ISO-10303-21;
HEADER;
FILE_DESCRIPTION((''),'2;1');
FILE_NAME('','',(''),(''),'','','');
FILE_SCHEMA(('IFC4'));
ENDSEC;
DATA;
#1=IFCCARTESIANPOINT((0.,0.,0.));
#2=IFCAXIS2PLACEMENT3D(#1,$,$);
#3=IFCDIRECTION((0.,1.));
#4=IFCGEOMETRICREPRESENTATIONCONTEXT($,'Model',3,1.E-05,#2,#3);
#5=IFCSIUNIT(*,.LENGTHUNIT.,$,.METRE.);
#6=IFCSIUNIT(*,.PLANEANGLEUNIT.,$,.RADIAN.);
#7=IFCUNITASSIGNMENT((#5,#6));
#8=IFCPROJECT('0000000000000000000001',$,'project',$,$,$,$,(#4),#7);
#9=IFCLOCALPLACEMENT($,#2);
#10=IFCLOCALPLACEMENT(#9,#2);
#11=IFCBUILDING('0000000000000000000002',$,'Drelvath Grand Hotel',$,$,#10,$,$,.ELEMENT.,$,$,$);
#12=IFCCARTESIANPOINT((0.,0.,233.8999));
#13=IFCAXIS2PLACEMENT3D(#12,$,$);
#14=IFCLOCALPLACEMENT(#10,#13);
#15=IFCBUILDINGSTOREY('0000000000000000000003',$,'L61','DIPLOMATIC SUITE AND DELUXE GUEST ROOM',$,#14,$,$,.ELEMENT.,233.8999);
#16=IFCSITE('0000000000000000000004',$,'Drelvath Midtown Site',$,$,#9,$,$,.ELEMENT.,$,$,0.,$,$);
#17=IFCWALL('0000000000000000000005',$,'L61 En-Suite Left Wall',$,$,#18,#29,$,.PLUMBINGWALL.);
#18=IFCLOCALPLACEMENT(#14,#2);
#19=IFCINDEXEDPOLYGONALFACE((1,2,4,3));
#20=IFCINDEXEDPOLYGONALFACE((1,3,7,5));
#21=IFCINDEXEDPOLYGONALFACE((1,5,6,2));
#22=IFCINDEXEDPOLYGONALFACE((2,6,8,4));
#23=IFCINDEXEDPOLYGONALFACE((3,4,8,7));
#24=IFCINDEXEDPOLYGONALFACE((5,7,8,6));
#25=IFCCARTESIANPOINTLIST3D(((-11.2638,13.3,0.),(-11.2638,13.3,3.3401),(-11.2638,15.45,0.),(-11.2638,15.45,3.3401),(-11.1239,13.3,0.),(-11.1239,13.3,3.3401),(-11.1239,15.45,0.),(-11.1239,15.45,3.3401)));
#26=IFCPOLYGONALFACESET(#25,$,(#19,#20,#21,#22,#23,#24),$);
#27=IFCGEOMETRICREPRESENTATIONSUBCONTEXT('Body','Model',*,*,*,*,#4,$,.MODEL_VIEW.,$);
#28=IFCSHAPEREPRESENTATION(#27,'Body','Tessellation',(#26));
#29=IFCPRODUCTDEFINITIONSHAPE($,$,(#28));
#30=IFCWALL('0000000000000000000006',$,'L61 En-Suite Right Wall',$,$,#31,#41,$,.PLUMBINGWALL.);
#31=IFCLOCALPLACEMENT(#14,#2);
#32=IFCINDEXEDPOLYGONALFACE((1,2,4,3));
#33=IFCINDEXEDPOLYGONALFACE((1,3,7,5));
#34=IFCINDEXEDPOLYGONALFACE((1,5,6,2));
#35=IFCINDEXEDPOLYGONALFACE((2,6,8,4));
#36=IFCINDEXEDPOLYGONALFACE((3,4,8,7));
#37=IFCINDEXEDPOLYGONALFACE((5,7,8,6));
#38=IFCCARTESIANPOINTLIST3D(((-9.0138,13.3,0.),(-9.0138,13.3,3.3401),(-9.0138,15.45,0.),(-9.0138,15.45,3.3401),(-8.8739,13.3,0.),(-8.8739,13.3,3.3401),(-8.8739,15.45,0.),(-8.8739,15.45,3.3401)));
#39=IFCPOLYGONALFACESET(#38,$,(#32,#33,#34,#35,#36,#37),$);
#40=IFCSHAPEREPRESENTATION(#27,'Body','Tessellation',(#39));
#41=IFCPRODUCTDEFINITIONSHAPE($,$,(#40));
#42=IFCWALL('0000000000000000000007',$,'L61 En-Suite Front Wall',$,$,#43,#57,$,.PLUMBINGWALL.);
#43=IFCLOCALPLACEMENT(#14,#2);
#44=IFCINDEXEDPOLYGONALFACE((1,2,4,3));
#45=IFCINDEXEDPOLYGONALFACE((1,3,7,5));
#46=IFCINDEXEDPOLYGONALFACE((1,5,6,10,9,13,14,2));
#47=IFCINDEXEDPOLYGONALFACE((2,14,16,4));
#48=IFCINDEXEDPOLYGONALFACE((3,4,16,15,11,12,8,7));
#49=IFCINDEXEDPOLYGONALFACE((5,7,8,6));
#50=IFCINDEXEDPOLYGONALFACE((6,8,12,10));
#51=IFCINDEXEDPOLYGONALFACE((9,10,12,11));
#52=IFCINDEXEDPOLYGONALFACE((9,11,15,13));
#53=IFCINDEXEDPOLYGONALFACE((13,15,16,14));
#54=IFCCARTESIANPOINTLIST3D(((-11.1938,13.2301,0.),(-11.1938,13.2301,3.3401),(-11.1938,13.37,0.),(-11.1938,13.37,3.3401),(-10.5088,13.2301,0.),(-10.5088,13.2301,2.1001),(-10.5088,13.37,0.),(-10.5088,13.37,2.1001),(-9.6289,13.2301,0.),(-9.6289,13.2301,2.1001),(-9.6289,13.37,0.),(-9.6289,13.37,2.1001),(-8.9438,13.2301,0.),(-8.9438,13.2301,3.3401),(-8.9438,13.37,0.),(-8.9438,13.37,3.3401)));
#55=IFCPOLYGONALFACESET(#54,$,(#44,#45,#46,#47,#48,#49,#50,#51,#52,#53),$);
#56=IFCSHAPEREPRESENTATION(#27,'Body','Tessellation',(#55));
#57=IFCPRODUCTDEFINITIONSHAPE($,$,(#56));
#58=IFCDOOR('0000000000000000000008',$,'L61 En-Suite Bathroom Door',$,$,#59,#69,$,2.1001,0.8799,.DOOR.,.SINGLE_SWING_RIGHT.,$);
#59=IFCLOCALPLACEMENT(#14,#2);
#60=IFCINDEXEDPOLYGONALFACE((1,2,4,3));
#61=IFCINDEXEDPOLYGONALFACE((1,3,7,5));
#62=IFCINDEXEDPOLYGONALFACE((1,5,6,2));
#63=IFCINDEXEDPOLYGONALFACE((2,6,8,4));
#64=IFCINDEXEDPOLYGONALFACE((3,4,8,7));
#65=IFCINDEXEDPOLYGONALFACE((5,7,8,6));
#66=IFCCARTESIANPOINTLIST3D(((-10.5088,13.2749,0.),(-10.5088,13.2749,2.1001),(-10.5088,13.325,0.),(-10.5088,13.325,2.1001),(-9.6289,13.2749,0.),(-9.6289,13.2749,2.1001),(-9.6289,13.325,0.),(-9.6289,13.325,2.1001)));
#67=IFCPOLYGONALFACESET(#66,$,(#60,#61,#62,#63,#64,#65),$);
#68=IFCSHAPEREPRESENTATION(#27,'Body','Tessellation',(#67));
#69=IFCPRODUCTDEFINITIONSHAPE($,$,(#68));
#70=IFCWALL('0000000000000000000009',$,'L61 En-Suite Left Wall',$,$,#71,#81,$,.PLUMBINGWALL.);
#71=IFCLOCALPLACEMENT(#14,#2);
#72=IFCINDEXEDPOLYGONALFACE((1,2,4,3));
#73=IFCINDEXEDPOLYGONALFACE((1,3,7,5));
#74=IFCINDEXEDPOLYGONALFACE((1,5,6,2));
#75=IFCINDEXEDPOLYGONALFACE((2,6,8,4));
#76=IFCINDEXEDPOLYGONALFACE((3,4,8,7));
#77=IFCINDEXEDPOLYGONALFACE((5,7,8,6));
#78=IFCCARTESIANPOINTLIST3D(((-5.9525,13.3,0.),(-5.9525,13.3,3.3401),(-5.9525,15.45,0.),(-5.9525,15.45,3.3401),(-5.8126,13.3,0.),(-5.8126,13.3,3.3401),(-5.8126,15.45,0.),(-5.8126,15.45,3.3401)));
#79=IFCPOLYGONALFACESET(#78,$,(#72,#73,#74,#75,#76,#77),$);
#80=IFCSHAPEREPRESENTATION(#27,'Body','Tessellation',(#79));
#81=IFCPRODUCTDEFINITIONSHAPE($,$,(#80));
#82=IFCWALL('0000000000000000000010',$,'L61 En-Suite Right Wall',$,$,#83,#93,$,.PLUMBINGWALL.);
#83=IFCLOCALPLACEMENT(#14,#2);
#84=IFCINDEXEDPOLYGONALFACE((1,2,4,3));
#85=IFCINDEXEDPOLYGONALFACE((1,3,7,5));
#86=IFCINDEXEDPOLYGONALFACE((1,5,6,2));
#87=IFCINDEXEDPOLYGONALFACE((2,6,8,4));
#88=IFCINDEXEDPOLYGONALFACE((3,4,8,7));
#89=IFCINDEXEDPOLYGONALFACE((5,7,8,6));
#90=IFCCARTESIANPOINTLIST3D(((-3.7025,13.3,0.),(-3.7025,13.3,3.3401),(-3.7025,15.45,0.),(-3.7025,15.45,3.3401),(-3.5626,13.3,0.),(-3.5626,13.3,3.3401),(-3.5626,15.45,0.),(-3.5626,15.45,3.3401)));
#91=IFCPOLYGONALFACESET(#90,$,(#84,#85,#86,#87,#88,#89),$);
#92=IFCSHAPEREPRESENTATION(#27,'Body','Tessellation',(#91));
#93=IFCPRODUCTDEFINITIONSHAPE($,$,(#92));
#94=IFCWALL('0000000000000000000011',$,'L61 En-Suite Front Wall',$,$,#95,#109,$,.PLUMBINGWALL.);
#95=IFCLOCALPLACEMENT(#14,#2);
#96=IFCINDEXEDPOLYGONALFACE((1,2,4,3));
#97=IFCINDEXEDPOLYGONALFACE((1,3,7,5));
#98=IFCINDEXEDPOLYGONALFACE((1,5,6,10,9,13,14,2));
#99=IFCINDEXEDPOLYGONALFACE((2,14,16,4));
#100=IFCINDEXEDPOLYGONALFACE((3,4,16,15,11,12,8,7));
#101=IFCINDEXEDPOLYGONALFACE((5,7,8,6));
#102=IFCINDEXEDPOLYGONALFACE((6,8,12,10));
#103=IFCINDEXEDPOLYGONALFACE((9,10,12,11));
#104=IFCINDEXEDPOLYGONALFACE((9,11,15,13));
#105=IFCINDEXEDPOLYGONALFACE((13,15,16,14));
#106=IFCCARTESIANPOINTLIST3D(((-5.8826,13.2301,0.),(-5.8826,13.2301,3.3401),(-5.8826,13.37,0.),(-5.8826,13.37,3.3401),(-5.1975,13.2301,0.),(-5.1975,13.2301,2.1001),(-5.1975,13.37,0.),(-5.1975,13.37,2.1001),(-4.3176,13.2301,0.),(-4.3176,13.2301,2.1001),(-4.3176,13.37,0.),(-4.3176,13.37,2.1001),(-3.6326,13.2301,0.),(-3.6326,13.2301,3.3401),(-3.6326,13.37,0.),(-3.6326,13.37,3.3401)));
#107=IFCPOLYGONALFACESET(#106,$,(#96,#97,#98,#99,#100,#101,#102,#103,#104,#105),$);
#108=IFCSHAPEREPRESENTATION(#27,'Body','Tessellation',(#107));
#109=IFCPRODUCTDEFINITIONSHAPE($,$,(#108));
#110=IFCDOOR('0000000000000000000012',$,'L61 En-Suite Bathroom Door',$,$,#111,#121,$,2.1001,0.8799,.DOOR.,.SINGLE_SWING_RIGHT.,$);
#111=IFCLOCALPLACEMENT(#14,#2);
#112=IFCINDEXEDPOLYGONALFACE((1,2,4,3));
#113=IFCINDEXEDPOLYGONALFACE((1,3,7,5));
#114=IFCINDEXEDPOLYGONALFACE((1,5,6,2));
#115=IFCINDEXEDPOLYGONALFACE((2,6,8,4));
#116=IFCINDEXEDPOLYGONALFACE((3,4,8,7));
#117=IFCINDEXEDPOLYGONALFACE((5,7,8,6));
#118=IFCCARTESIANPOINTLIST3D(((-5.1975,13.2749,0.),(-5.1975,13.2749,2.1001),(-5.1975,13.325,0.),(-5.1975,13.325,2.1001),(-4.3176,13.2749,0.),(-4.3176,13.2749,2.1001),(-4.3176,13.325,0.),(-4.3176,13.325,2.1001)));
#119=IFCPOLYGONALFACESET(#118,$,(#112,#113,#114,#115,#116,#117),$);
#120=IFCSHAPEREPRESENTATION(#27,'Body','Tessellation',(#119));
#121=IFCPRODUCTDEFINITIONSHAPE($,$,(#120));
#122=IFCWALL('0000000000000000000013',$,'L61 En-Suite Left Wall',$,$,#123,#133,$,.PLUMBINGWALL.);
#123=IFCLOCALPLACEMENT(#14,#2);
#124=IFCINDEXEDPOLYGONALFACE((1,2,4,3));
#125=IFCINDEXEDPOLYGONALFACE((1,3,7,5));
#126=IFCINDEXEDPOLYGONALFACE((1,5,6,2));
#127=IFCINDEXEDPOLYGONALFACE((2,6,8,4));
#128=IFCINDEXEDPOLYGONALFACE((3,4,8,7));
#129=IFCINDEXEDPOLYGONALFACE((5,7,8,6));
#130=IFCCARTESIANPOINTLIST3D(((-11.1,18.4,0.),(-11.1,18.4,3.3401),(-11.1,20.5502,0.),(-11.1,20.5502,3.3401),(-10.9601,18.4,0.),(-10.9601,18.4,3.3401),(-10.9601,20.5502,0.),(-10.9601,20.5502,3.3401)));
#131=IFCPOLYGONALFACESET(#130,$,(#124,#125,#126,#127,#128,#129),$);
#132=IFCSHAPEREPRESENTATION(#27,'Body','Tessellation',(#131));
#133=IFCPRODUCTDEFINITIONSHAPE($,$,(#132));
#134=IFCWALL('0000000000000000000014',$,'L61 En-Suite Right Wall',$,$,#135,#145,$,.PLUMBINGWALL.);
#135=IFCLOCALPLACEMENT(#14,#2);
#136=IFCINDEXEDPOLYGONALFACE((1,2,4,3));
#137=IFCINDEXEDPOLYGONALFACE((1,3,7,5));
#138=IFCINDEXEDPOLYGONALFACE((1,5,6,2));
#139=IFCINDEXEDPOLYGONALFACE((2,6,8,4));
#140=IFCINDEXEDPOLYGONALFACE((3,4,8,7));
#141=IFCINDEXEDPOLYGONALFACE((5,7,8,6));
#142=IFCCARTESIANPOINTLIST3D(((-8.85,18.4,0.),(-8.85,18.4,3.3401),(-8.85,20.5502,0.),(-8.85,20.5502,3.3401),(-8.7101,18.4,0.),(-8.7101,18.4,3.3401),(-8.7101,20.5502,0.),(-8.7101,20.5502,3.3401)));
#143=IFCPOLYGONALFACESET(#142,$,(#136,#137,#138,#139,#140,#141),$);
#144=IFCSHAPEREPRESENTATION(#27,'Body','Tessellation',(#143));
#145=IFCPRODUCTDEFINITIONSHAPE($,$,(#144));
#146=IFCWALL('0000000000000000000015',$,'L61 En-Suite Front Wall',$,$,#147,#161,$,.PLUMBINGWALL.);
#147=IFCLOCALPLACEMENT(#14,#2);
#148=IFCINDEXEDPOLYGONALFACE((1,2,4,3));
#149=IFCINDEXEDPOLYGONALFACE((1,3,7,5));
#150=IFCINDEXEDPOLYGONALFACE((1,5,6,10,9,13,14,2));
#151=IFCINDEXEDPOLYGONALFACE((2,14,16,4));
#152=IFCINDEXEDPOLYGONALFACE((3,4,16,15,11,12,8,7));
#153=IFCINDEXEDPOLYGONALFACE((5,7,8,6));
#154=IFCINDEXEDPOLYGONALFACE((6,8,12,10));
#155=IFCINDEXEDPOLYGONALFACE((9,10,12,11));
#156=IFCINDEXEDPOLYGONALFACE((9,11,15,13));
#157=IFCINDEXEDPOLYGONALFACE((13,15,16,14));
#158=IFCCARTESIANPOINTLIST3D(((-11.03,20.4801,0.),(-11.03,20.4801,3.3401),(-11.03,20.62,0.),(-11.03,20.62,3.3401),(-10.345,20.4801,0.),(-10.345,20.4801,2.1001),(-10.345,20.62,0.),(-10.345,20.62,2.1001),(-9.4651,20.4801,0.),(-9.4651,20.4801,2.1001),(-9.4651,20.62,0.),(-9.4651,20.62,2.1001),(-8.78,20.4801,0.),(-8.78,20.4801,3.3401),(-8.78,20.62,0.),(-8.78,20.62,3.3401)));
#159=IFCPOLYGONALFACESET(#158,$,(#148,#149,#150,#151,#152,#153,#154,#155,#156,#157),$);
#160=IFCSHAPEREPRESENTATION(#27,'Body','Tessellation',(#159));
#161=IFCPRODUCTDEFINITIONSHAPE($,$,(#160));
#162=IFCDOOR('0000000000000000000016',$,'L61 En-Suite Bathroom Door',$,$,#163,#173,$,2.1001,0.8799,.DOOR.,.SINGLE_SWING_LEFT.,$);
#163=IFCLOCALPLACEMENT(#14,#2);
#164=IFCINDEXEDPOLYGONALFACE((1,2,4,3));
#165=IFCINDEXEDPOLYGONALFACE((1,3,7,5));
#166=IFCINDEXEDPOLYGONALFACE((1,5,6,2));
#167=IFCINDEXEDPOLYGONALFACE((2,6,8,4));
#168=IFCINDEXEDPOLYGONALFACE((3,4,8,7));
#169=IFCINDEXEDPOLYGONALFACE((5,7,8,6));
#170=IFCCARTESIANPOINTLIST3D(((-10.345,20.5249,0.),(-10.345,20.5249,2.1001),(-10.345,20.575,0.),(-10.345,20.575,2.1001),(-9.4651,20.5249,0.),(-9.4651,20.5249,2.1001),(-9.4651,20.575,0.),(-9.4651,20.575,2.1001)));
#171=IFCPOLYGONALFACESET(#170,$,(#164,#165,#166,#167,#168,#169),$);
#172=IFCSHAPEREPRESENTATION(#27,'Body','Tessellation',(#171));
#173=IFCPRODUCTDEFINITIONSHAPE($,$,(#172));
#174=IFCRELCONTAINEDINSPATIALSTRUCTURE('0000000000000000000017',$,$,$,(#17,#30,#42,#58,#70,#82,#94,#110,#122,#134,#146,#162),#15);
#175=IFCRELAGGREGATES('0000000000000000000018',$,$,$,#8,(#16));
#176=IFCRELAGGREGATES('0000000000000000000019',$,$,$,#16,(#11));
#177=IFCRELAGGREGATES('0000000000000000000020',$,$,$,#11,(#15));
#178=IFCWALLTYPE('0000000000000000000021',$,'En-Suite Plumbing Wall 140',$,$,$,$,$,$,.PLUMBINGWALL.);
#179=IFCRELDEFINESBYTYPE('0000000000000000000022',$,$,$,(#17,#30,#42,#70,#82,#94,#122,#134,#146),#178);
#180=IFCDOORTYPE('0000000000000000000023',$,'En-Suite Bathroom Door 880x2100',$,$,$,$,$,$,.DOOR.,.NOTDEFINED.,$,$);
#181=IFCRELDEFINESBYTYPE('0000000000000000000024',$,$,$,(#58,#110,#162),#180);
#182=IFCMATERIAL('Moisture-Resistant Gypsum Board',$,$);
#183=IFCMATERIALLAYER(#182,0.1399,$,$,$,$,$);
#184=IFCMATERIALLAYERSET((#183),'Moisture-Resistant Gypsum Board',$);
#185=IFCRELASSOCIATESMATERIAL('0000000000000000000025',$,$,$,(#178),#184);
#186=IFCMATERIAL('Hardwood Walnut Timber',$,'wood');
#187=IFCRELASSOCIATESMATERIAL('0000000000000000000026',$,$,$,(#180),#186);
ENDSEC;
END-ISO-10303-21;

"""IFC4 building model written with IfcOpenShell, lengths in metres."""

from ifc_helpers import new_model, si_unit, direction, frame, frame_2d, origin, place, context, subcontext, project, spatial, rectangle, extrude, material, layer, layer_set, type_object, element, fill, save


model = new_model("IFC4")

# Units and contexts
model_context = context("Model", 3, precision=1e-05, world=origin(), true_north=direction((0.0, 1.0)))
body_context = subcontext(model_context, "Body", "Model", "MODEL_VIEW")
ifc_project = project(units=[si_unit("LENGTHUNIT", "METRE"), si_unit("PLANEANGLEUNIT", "RADIAN")], contexts=[model_context])

# Site, building, storey
site_placement = place(None, origin())
site = spatial("IfcSite", under=ifc_project, at=site_placement, Name="Drelvath Midtown Site", CompositionType="ELEMENT", RefElevation=0.0)
building_placement = place(site_placement, origin())
building = spatial("IfcBuilding", under=site, at=building_placement, Name="Drelvath Grand Hotel", CompositionType="ELEMENT")
storey_placement = place(building_placement, frame((0.0, 0.0, 233.8999)))
storey = spatial("IfcBuildingStorey", under=building, at=storey_placement, Name="L61", Description="DIPLOMATIC SUITE AND DELUXE GUEST ROOM", CompositionType="ELEMENT", Elevation=233.8999)

# Walls
ifc_material_1 = material(Name="Moisture-Resistant Gypsum Board")
ifc_layer_1 = layer(ifc_material_1, 0.1399)
ifc_layer_set_1 = layer_set([ifc_layer_1], Name="Moisture-Resistant Gypsum Board")
wall_type_1 = type_object("IfcWallType", Name="En-Suite Plumbing Wall 140", PredefinedType="PLUMBINGWALL", material=ifc_layer_set_1)
for number, where, z_axis, x_axis, name in (
    (1, (-11.1938, 15.45, 0.0), (0.0, 0.0, 1.0), (0.0, -1.0, 0.0), "L61 En-Suite Left Wall"),
    (2, (-8.9438, 15.45, 0.0), (0.0, 0.0, 1.0), (0.0, -1.0, 0.0), "L61 En-Suite Right Wall"),
):
    element("IfcWall", number, at=place(storey_placement, frame(where, z_axis=z_axis, x_axis=x_axis)), inside=storey, type_object=wall_type_1, Name=name, PredefinedType="PLUMBINGWALL", context=body_context, shape_type="SweptSolid", body=[
        extrude(rectangle(XDim=2.1499, YDim=0.1399, at=frame_2d((1.075, 0.0))), origin(), (0.0, 0.0, 1.0), 3.3401),
    ])

# Wall, opening, door
wall_1_placement = place(storey_placement, frame((-11.1938, 13.3, 0.0), z_axis=(0.0, 0.0, 1.0), x_axis=(1.0, 0.0, 0.0)))
wall_1 = element("IfcWall", 3, at=wall_1_placement, inside=storey, type_object=wall_type_1, Name="L61 En-Suite Front Wall", PredefinedType="PLUMBINGWALL", context=body_context, shape_type="SweptSolid", body=[
    extrude(rectangle(XDim=2.25, YDim=0.1399, at=frame_2d((1.125, 0.0))), origin(), (0.0, 0.0, 1.0), 3.3401),
])
opening_1_placement = place(wall_1_placement, frame((0.6851, 0.0, 0.0)))
opening_1 = element("IfcOpeningElement", 4, at=opening_1_placement, cuts=wall_1, PredefinedType="OPENING", context=body_context, shape_type="SweptSolid", body=[
    extrude(rectangle(XDim=0.8799, YDim=2.1001, at=frame_2d((0.4399, 1.05))), frame((0.0, 0.0798, 0.0), z_axis=(0.0, -1.0, 0.0), x_axis=(1.0, 0.0, 0.0)), (0.0, 0.0, 1.0), 0.1599),
])
ifc_material_2 = material(Name="Hardwood Walnut Timber", Category="wood")
door_type_1 = type_object("IfcDoorType", Name="En-Suite Bathroom Door 880x2100", OperationType="NOTDEFINED", PredefinedType="DOOR", material=ifc_material_2)
door_1_placement = place(opening_1_placement, origin())
door_1 = element("IfcDoor", 5, at=door_1_placement, inside=storey, type_object=door_type_1, Name="L61 En-Suite Bathroom Door", OperationType="SINGLE_SWING_RIGHT", OverallHeight=2.1001, OverallWidth=0.8799, PredefinedType="DOOR", context=body_context, shape_type="SweptSolid", body=[
    extrude(rectangle(XDim=0.8799, YDim=2.1001, at=frame_2d((0.4399, 1.05))), frame((0.0, 0.0249, 0.0), z_axis=(0.0, -1.0, 0.0), x_axis=(1.0, 0.0, 0.0)), (0.0, 0.0, 1.0), 0.05),
])
fill(opening_1, door_1)

# Walls
for number, where, z_axis, x_axis, name in (
    (6, (-5.8826, 15.45, 0.0), (0.0, 0.0, 1.0), (0.0, -1.0, 0.0), "L61 En-Suite Left Wall"),
    (7, (-3.6326, 15.45, 0.0), (0.0, 0.0, 1.0), (0.0, -1.0, 0.0), "L61 En-Suite Right Wall"),
):
    element("IfcWall", number, at=place(storey_placement, frame(where, z_axis=z_axis, x_axis=x_axis)), inside=storey, type_object=wall_type_1, Name=name, PredefinedType="PLUMBINGWALL", context=body_context, shape_type="SweptSolid", body=[
        extrude(rectangle(XDim=2.1499, YDim=0.1399, at=frame_2d((1.075, 0.0))), origin(), (0.0, 0.0, 1.0), 3.3401),
    ])

# Wall, opening, door
wall_2_placement = place(storey_placement, frame((-5.8826, 13.3, 0.0), z_axis=(0.0, 0.0, 1.0), x_axis=(1.0, 0.0, 0.0)))
wall_2 = element("IfcWall", 8, at=wall_2_placement, inside=storey, type_object=wall_type_1, Name="L61 En-Suite Front Wall", PredefinedType="PLUMBINGWALL", context=body_context, shape_type="SweptSolid", body=[
    extrude(rectangle(XDim=2.25, YDim=0.1399, at=frame_2d((1.125, 0.0))), origin(), (0.0, 0.0, 1.0), 3.3401),
])
opening_2_placement = place(wall_2_placement, frame((0.6851, 0.0, 0.0)))
opening_2 = element("IfcOpeningElement", 9, at=opening_2_placement, cuts=wall_2, PredefinedType="OPENING", context=body_context, shape_type="SweptSolid", body=[
    extrude(rectangle(XDim=0.8799, YDim=2.1001, at=frame_2d((0.4399, 1.05))), frame((0.0, 0.0798, 0.0), z_axis=(0.0, -1.0, 0.0), x_axis=(1.0, 0.0, 0.0)), (0.0, 0.0, 1.0), 0.1599),
])
door_2_placement = place(opening_2_placement, origin())
door_2 = element("IfcDoor", 10, at=door_2_placement, inside=storey, type_object=door_type_1, Name="L61 En-Suite Bathroom Door", OperationType="SINGLE_SWING_RIGHT", OverallHeight=2.1001, OverallWidth=0.8799, PredefinedType="DOOR", context=body_context, shape_type="SweptSolid", body=[
    extrude(rectangle(XDim=0.8799, YDim=2.1001, at=frame_2d((0.4399, 1.05))), frame((0.0, 0.0249, 0.0), z_axis=(0.0, -1.0, 0.0), x_axis=(1.0, 0.0, 0.0)), (0.0, 0.0, 1.0), 0.05),
])
fill(opening_2, door_2)

# Walls
for number, where, z_axis, x_axis, name in (
    (11, (-11.03, 18.3999, 0.0), (0.0, 0.0, 1.0), (0.0, 1.0, 0.0), "L61 En-Suite Left Wall"),
    (12, (-8.78, 18.3999, 0.0), (0.0, 0.0, 1.0), (0.0, 1.0, 0.0), "L61 En-Suite Right Wall"),
):
    element("IfcWall", number, at=place(storey_placement, frame(where, z_axis=z_axis, x_axis=x_axis)), inside=storey, type_object=wall_type_1, Name=name, PredefinedType="PLUMBINGWALL", context=body_context, shape_type="SweptSolid", body=[
        extrude(rectangle(XDim=2.1501, YDim=0.1399, at=frame_2d((1.0752, 0.0))), origin(), (0.0, 0.0, 1.0), 3.3401),
    ])

# Wall, opening, door
wall_3_placement = place(storey_placement, frame((-11.03, 20.55, 0.0), z_axis=(0.0, 0.0, 1.0), x_axis=(1.0, 0.0, 0.0)))
wall_3 = element("IfcWall", 13, at=wall_3_placement, inside=storey, type_object=wall_type_1, Name="L61 En-Suite Front Wall", PredefinedType="PLUMBINGWALL", context=body_context, shape_type="SweptSolid", body=[
    extrude(rectangle(XDim=2.25, YDim=0.1399, at=frame_2d((1.125, 0.0))), origin(), (0.0, 0.0, 1.0), 3.3401),
])
opening_3_placement = place(wall_3_placement, frame((0.6851, 0.0, 0.0)))
opening_3 = element("IfcOpeningElement", 14, at=opening_3_placement, cuts=wall_3, PredefinedType="OPENING", context=body_context, shape_type="SweptSolid", body=[
    extrude(rectangle(XDim=0.8799, YDim=2.1001, at=frame_2d((0.4399, 1.05))), frame((0.0, 0.0798, 0.0), z_axis=(0.0, -1.0, 0.0), x_axis=(1.0, 0.0, 0.0)), (0.0, 0.0, 1.0), 0.1599),
])
door_3_placement = place(opening_3_placement, origin())
door_3 = element("IfcDoor", 15, at=door_3_placement, inside=storey, type_object=door_type_1, Name="L61 En-Suite Bathroom Door", OperationType="SINGLE_SWING_LEFT", OverallHeight=2.1001, OverallWidth=0.8799, PredefinedType="DOOR", context=body_context, shape_type="SweptSolid", body=[
    extrude(rectangle(XDim=0.8799, YDim=2.1001, at=frame_2d((0.4399, 1.05))), frame((0.0, 0.0249, 0.0), z_axis=(0.0, -1.0, 0.0), x_axis=(1.0, 0.0, 0.0)), (0.0, 0.0, 1.0), 0.05),
])
fill(opening_3, door_3)

save(model, "model.ifc")
